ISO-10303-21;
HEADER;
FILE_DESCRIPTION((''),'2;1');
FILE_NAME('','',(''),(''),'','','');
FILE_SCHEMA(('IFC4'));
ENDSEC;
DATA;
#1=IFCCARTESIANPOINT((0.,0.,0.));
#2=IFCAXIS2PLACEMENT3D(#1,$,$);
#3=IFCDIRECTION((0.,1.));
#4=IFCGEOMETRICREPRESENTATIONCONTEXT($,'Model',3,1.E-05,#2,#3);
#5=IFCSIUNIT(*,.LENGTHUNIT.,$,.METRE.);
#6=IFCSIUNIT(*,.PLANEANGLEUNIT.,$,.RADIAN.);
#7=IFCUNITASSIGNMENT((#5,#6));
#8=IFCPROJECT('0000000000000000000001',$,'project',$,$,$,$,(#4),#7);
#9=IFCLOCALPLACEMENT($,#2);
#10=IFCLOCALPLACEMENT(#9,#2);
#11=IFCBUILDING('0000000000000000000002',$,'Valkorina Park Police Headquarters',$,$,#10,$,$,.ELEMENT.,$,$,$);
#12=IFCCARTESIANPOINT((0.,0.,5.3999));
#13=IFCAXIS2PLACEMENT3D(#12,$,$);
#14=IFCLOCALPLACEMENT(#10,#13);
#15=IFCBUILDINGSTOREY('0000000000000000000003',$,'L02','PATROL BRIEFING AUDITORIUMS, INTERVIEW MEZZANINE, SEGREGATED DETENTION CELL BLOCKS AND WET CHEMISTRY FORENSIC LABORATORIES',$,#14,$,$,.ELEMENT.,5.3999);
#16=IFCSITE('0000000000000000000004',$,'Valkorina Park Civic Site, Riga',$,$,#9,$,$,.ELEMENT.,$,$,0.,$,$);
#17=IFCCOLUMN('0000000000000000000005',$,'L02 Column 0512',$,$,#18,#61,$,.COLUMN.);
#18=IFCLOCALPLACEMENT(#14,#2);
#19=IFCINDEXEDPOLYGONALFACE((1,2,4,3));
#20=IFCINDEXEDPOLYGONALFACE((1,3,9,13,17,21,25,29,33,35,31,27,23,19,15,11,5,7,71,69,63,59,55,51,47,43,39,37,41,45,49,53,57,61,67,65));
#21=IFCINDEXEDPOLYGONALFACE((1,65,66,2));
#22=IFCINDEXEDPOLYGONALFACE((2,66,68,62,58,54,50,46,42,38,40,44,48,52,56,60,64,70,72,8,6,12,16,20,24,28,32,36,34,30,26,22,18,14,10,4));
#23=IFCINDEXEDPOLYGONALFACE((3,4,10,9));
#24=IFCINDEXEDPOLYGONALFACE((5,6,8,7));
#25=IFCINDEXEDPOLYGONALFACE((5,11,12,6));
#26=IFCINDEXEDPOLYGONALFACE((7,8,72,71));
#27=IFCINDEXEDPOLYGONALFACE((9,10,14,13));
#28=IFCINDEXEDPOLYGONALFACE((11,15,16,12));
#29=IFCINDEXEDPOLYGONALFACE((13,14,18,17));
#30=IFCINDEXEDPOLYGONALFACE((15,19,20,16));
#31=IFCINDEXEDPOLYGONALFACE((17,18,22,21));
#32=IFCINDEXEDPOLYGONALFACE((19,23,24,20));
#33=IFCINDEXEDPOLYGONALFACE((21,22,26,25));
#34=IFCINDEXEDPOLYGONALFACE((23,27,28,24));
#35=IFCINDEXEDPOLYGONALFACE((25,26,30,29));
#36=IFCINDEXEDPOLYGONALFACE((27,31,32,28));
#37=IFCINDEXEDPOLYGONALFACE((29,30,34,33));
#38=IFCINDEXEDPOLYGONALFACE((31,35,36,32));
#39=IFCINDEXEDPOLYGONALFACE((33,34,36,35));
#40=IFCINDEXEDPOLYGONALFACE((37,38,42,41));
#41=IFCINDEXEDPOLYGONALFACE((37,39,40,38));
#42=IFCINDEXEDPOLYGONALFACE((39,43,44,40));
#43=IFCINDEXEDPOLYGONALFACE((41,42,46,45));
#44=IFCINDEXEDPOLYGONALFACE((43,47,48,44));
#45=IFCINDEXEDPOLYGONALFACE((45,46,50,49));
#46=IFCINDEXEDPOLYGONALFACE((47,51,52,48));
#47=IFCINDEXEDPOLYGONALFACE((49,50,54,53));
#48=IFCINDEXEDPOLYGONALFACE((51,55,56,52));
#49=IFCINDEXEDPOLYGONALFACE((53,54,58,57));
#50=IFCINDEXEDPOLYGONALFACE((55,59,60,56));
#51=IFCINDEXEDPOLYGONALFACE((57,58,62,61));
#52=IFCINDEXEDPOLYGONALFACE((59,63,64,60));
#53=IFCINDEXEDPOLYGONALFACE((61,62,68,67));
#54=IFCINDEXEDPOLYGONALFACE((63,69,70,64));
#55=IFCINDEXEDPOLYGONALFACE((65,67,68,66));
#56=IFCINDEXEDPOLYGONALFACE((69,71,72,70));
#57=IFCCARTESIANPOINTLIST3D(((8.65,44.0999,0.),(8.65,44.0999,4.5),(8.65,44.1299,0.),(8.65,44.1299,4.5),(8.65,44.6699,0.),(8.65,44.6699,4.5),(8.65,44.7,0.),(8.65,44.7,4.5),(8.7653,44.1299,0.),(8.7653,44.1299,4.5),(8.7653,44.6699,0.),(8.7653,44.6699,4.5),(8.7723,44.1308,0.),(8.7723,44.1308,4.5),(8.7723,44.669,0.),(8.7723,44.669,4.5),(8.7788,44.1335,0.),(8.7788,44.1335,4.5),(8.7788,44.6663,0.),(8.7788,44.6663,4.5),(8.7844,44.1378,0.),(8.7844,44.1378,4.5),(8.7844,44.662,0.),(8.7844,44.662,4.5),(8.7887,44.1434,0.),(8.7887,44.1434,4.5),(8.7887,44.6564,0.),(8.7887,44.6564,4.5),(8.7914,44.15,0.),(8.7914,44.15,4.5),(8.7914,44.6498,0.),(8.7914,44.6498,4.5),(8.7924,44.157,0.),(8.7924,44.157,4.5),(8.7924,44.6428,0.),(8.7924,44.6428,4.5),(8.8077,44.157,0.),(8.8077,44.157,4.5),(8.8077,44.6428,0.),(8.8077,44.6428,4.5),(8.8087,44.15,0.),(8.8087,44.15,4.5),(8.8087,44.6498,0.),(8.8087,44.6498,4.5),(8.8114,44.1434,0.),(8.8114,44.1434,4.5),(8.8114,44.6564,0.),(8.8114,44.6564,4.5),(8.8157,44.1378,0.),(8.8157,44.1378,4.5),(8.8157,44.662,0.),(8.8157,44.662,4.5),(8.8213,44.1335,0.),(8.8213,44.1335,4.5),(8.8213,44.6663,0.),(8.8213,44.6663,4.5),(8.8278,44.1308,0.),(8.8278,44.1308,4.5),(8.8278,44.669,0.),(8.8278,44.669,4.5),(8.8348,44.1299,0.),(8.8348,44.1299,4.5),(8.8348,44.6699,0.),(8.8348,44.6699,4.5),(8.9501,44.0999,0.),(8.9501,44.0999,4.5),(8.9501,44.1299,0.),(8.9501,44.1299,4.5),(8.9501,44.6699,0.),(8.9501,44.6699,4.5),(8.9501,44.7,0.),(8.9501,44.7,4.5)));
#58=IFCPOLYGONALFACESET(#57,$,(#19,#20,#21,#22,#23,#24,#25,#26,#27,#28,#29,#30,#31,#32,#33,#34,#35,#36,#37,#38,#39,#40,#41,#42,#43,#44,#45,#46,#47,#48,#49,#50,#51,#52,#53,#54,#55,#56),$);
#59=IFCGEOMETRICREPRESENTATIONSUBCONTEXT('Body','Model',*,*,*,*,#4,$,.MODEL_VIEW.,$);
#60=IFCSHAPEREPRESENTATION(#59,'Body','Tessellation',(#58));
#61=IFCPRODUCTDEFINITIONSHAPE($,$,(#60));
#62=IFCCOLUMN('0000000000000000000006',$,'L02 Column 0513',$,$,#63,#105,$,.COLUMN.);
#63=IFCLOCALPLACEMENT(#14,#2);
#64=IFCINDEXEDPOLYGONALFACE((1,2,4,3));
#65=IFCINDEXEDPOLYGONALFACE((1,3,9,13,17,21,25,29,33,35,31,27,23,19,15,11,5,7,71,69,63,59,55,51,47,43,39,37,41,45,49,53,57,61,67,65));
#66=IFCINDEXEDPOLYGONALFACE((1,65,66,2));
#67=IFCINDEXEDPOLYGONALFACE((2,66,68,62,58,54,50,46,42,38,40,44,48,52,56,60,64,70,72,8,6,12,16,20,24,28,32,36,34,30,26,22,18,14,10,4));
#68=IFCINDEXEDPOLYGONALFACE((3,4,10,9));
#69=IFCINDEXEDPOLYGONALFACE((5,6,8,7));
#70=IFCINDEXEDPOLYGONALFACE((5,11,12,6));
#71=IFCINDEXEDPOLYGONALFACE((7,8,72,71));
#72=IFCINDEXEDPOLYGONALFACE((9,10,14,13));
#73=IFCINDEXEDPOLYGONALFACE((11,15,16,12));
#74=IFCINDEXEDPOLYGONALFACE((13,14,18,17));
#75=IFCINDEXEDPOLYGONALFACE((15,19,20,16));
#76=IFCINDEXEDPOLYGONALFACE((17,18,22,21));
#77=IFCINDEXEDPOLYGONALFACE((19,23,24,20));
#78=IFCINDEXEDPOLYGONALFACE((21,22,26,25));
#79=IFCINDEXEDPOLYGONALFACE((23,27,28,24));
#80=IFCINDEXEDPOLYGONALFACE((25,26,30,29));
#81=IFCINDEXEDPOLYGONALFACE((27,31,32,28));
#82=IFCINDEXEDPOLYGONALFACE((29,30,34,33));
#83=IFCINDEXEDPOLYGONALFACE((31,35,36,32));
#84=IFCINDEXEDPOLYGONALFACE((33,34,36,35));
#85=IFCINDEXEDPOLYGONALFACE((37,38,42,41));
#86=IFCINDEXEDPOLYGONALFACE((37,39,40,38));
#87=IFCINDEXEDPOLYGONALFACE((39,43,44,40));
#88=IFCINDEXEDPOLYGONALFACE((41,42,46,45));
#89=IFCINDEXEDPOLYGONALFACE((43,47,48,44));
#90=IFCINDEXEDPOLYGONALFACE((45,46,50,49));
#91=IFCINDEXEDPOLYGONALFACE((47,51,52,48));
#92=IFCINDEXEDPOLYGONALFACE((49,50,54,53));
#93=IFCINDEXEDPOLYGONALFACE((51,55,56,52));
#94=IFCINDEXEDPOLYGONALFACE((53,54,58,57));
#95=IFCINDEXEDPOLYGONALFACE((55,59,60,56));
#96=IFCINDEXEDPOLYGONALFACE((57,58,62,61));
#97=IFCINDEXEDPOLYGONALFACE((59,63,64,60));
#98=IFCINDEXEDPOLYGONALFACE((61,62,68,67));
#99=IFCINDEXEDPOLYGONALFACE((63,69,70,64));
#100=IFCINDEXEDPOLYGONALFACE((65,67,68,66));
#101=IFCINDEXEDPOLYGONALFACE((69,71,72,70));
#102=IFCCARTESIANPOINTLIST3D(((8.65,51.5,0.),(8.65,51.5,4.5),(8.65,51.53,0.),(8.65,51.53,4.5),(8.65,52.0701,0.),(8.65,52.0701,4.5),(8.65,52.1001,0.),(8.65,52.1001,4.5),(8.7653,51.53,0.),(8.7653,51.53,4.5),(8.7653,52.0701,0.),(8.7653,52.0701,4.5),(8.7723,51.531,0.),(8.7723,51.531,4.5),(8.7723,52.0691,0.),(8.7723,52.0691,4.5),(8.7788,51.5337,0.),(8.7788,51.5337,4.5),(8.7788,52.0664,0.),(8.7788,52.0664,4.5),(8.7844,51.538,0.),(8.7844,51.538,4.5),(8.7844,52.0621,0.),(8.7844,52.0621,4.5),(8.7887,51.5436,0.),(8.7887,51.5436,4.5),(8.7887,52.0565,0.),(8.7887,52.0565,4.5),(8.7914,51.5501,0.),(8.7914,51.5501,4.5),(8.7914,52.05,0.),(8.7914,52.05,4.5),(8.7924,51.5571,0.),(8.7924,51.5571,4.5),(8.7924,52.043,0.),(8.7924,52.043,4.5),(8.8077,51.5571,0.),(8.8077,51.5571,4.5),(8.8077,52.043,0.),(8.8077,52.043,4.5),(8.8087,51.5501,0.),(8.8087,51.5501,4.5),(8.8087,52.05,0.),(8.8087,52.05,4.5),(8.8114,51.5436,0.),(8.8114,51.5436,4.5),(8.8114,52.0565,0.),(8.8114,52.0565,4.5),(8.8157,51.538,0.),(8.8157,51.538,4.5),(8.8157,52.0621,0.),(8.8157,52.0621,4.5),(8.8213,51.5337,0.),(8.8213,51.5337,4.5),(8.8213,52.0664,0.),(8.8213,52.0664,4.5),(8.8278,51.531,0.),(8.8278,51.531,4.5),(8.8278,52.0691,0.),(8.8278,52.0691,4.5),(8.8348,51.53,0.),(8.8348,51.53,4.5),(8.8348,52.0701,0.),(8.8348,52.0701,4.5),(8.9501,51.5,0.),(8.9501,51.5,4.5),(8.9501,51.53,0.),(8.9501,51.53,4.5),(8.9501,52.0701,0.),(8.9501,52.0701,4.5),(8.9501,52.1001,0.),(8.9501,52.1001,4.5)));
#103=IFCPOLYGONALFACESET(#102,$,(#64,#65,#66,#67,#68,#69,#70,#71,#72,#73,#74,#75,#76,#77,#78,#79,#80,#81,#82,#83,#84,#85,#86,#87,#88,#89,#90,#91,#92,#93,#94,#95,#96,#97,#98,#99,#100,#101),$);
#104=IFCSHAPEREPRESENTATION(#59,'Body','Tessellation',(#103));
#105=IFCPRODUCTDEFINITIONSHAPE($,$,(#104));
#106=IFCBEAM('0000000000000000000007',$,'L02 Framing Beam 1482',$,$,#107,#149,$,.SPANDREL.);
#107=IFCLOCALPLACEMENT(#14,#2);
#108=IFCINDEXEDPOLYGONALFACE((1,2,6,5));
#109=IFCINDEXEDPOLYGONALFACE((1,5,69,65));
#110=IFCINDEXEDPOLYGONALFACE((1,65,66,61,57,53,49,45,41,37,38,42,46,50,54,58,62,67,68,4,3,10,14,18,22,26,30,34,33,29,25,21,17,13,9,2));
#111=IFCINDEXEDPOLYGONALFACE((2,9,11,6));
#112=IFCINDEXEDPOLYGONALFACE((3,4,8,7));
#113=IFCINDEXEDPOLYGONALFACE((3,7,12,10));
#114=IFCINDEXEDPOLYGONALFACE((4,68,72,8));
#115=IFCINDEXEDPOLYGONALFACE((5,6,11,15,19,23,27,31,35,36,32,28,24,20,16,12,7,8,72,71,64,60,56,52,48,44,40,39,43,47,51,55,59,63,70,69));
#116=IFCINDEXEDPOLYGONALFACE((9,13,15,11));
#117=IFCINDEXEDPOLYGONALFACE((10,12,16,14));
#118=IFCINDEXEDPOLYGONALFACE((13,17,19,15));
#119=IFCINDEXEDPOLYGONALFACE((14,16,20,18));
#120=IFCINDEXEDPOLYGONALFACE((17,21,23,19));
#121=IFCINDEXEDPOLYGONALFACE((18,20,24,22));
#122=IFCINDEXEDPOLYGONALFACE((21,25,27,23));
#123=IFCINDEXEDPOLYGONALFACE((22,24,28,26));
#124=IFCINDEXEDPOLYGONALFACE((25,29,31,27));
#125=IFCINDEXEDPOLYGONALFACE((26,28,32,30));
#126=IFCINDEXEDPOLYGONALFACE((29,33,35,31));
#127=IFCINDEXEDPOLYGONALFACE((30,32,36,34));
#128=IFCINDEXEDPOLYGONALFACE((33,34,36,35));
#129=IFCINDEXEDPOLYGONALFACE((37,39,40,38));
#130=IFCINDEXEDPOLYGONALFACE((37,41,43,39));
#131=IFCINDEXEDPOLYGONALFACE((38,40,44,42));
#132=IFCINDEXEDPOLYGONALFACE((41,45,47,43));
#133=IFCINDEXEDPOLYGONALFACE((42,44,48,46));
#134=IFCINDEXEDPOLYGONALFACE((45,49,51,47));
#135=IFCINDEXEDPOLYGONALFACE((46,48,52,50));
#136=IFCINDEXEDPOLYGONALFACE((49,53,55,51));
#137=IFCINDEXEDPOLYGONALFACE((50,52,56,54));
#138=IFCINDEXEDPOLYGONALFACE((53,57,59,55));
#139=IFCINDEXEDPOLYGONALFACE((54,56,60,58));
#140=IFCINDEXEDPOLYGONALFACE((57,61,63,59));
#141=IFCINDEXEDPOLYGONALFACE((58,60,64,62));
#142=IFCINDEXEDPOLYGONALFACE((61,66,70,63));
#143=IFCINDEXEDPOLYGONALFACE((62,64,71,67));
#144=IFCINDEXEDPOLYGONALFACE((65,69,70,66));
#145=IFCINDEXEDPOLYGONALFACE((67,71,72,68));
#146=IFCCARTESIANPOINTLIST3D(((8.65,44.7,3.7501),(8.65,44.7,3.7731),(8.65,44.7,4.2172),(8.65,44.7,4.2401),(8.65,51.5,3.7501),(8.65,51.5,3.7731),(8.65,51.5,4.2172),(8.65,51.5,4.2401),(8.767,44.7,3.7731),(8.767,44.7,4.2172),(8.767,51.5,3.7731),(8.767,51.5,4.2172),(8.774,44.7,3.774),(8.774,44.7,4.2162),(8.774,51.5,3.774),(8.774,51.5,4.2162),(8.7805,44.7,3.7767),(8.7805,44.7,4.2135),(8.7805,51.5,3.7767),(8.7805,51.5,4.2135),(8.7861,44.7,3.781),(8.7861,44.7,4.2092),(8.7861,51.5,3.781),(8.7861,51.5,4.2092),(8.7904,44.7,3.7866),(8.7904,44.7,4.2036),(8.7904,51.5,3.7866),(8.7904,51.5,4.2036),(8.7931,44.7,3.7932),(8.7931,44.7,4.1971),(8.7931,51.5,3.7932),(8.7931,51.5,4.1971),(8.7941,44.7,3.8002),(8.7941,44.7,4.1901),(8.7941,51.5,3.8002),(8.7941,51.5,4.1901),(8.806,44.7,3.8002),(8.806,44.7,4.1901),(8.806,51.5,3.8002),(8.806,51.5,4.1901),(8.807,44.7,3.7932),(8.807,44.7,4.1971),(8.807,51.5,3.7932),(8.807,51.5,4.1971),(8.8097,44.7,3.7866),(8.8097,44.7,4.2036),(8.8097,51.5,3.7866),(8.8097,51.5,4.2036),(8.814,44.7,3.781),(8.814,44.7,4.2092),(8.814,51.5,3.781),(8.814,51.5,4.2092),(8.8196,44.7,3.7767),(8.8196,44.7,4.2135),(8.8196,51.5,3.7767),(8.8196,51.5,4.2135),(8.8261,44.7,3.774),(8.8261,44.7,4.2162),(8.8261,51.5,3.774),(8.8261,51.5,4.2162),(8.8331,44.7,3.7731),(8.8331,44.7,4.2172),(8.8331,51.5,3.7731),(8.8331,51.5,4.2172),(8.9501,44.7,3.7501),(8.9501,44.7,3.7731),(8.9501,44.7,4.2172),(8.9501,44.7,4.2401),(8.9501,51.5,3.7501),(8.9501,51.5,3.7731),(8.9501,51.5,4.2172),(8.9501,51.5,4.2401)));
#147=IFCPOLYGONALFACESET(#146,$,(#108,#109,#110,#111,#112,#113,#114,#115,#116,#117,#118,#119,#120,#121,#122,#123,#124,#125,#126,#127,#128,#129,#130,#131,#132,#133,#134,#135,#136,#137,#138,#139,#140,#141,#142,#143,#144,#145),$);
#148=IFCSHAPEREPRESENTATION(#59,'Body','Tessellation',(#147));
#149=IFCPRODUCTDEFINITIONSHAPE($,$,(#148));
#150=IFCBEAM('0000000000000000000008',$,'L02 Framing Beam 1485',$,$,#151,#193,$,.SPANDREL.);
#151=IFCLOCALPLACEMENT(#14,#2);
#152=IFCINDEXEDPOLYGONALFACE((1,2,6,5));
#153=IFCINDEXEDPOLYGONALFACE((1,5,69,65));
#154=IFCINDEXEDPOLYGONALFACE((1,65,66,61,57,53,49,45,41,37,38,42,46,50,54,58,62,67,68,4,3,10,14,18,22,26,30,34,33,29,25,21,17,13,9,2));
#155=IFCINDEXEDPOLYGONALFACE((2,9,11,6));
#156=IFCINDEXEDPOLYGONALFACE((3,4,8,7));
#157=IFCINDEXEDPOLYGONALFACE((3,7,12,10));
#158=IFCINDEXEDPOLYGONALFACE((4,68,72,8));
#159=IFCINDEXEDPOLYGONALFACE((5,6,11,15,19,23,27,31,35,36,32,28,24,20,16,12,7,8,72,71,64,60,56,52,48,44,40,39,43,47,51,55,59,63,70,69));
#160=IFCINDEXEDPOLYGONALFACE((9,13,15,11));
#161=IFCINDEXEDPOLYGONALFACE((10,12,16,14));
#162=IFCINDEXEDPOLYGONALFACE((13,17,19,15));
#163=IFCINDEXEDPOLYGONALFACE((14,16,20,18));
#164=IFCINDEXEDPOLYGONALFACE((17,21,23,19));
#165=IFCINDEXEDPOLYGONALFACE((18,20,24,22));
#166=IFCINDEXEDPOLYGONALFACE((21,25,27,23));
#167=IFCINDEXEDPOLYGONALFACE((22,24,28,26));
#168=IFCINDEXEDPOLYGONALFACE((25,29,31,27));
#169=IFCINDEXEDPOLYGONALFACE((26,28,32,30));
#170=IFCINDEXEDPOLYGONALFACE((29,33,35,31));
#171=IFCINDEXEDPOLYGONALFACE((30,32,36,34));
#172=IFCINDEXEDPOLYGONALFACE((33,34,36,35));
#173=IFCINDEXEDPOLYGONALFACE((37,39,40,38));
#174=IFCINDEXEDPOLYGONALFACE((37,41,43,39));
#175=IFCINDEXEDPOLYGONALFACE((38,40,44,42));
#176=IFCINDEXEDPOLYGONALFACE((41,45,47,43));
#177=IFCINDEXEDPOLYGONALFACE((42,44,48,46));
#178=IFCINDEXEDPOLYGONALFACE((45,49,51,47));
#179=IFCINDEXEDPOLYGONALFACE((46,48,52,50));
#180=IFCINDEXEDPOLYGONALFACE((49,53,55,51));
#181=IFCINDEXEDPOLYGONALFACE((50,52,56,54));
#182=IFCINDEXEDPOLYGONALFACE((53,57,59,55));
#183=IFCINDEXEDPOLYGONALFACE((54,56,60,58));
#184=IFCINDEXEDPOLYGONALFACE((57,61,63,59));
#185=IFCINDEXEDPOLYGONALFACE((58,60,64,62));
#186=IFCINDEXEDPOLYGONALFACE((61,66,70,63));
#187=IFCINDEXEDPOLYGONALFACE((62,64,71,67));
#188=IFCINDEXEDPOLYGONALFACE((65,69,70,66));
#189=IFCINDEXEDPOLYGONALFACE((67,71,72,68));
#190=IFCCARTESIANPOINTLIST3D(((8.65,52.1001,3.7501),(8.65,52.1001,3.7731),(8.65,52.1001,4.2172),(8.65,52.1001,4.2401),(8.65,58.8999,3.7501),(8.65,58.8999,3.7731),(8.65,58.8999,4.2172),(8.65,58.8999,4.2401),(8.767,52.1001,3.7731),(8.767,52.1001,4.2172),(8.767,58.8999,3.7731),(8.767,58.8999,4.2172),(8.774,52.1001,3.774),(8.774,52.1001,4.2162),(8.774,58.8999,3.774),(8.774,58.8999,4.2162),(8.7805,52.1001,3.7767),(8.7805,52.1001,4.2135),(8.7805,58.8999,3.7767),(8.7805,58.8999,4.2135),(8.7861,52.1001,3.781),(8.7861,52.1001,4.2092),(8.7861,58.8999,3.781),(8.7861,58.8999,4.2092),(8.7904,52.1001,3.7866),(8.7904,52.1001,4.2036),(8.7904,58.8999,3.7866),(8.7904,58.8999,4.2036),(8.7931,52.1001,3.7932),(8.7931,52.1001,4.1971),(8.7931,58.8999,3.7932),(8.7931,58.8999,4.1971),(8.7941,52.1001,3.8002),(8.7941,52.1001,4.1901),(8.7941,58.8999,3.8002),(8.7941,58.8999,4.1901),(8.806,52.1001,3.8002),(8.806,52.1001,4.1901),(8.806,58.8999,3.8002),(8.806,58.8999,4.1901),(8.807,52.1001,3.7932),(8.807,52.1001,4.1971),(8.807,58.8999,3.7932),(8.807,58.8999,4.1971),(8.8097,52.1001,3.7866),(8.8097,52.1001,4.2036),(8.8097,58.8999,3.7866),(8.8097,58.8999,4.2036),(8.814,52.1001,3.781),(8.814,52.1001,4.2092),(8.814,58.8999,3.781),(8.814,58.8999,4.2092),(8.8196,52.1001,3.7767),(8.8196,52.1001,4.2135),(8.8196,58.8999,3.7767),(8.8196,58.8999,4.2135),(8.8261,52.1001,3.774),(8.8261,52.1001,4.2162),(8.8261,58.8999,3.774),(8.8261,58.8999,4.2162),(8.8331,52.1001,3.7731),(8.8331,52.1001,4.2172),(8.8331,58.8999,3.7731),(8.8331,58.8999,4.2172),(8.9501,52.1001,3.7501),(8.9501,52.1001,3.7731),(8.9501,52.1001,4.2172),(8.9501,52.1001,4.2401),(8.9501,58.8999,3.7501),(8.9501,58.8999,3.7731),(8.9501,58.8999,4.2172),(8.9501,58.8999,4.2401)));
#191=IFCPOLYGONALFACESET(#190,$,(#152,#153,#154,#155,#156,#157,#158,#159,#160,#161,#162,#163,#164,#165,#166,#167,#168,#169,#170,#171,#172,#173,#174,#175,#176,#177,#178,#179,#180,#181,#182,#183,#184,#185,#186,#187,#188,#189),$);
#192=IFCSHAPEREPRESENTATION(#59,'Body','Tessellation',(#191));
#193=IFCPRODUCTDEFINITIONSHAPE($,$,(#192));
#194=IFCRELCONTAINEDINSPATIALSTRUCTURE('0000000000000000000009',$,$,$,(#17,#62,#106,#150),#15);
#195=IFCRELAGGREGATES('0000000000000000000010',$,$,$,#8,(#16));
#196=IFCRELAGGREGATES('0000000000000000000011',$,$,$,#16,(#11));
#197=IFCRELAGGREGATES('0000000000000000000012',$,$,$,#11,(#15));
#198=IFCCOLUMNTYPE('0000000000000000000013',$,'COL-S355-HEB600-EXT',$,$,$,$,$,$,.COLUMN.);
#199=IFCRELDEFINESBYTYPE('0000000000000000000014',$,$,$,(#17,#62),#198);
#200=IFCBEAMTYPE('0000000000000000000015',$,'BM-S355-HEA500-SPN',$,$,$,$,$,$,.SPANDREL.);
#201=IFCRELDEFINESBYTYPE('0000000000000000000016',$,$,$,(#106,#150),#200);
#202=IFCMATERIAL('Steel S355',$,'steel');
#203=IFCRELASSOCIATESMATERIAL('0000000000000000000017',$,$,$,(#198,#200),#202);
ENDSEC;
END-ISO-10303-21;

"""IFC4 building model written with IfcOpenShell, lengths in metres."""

from ifc_helpers import new_model, si_unit, direction, frame, origin, origin_2d, place, context, subcontext, project, spatial, i_section, extrude, material, material_profile, profile_set, type_object, element, save


model = new_model("IFC4")

# Units and contexts
model_context = context("Model", 3, precision=1e-05, world=origin(), true_north=direction((0.0, 1.0)))
body_context = subcontext(model_context, "Body", "Model", "MODEL_VIEW")
ifc_project = project(units=[si_unit("LENGTHUNIT", "METRE"), si_unit("PLANEANGLEUNIT", "RADIAN")], contexts=[model_context])

# Site, building, storey
site_placement = place(None, origin())
site = spatial("IfcSite", under=ifc_project, at=site_placement, Name="Valkorina Park Civic Site, Riga", CompositionType="ELEMENT", RefElevation=0.0)
building_placement = place(site_placement, origin())
building = spatial("IfcBuilding", under=site, at=building_placement, Name="Valkorina Park Police Headquarters", CompositionType="ELEMENT")
storey_placement = place(building_placement, frame((0.0, 0.0, 5.3999)))
storey = spatial("IfcBuildingStorey", under=building, at=storey_placement, Name="L02", Description="PATROL BRIEFING AUDITORIUMS, INTERVIEW MEZZANINE, SEGREGATED DETENTION CELL BLOCKS AND WET CHEMISTRY FORENSIC LABORATORIES", CompositionType="ELEMENT", Elevation=5.3999)

# Columns
ifc_material_1 = material(Name="Steel S355", Category="steel")
ifc_material_profile_1 = material_profile(ifc_material_1, i_section(OverallWidth=0.3, OverallDepth=0.6001, WebThickness=0.0154, FlangeThickness=0.03, FilletRadius=0.0271, at=origin_2d()), Name="HEB 600")
ifc_profile_set_1 = profile_set([ifc_material_profile_1], Name="Steel S355")
column_type = type_object("IfcColumnType", Name="COL-S355-HEB600-EXT", PredefinedType="COLUMN", material=ifc_profile_set_1)
for number, where, z_axis, x_axis, name in (
    (1, (8.8, 44.3999, 0.0), (0.0, 0.0, 1.0), (1.0, 0.0, 0.0), "L02 Column 0512"),
    (2, (8.8, 51.8, 0.0), (0.0, 0.0, 1.0), (1.0, 0.0, 0.0), "L02 Column 0513"),
):
    element("IfcColumn", number, at=place(storey_placement, frame(where, z_axis=z_axis, x_axis=x_axis)), inside=storey, type_object=column_type, Name=name, PredefinedType="COLUMN", context=body_context, shape_type="SweptSolid", body=[
        extrude(i_section(OverallWidth=0.3, OverallDepth=0.6001, WebThickness=0.0154, FlangeThickness=0.03, FilletRadius=0.0271, at=origin_2d()), origin(), (0.0, 0.0, 1.0), 4.5),
    ])

# Beams
ifc_material_profile_2 = material_profile(ifc_material_1, i_section(OverallWidth=0.3, OverallDepth=0.49, WebThickness=0.012, FlangeThickness=0.0229, FilletRadius=0.0271, at=origin_2d()), Name="HEA 500")
ifc_profile_set_2 = profile_set([ifc_material_profile_2], Name="Steel S355")
beam_type = type_object("IfcBeamType", Name="BM-S355-HEA500-SPN", PredefinedType="SPANDREL", material=ifc_profile_set_2)
beam_1_placement = place(storey_placement, frame((8.8, 44.7, 3.9951), z_axis=(0.0, 1.0, 0.0), x_axis=(-1.0, 0.0, 0.0)))
element("IfcBeam", 3, at=beam_1_placement, inside=storey, type_object=beam_type, Name="L02 Framing Beam 1482", PredefinedType="SPANDREL", context=body_context, shape_type="SweptSolid", body=[
    extrude(i_section(OverallWidth=0.3, OverallDepth=0.49, WebThickness=0.012, FlangeThickness=0.0229, FilletRadius=0.0271, at=origin_2d()), origin(), (0.0, 0.0, 1.0), 6.8),
])
beam_2_placement = place(storey_placement, frame((8.8, 52.1001, 3.9951), z_axis=(0.0, 1.0, 0.0), x_axis=(-1.0, 0.0, 0.0)))
element("IfcBeam", 4, at=beam_2_placement, inside=storey, type_object=beam_type, Name="L02 Framing Beam 1485", PredefinedType="SPANDREL", context=body_context, shape_type="SweptSolid", body=[
    extrude(i_section(OverallWidth=0.3, OverallDepth=0.49, WebThickness=0.012, FlangeThickness=0.0229, FilletRadius=0.0271, at=origin_2d()), origin(), (0.0, 0.0, 1.0), 6.7998),
])

save(model, "model.ifc")
